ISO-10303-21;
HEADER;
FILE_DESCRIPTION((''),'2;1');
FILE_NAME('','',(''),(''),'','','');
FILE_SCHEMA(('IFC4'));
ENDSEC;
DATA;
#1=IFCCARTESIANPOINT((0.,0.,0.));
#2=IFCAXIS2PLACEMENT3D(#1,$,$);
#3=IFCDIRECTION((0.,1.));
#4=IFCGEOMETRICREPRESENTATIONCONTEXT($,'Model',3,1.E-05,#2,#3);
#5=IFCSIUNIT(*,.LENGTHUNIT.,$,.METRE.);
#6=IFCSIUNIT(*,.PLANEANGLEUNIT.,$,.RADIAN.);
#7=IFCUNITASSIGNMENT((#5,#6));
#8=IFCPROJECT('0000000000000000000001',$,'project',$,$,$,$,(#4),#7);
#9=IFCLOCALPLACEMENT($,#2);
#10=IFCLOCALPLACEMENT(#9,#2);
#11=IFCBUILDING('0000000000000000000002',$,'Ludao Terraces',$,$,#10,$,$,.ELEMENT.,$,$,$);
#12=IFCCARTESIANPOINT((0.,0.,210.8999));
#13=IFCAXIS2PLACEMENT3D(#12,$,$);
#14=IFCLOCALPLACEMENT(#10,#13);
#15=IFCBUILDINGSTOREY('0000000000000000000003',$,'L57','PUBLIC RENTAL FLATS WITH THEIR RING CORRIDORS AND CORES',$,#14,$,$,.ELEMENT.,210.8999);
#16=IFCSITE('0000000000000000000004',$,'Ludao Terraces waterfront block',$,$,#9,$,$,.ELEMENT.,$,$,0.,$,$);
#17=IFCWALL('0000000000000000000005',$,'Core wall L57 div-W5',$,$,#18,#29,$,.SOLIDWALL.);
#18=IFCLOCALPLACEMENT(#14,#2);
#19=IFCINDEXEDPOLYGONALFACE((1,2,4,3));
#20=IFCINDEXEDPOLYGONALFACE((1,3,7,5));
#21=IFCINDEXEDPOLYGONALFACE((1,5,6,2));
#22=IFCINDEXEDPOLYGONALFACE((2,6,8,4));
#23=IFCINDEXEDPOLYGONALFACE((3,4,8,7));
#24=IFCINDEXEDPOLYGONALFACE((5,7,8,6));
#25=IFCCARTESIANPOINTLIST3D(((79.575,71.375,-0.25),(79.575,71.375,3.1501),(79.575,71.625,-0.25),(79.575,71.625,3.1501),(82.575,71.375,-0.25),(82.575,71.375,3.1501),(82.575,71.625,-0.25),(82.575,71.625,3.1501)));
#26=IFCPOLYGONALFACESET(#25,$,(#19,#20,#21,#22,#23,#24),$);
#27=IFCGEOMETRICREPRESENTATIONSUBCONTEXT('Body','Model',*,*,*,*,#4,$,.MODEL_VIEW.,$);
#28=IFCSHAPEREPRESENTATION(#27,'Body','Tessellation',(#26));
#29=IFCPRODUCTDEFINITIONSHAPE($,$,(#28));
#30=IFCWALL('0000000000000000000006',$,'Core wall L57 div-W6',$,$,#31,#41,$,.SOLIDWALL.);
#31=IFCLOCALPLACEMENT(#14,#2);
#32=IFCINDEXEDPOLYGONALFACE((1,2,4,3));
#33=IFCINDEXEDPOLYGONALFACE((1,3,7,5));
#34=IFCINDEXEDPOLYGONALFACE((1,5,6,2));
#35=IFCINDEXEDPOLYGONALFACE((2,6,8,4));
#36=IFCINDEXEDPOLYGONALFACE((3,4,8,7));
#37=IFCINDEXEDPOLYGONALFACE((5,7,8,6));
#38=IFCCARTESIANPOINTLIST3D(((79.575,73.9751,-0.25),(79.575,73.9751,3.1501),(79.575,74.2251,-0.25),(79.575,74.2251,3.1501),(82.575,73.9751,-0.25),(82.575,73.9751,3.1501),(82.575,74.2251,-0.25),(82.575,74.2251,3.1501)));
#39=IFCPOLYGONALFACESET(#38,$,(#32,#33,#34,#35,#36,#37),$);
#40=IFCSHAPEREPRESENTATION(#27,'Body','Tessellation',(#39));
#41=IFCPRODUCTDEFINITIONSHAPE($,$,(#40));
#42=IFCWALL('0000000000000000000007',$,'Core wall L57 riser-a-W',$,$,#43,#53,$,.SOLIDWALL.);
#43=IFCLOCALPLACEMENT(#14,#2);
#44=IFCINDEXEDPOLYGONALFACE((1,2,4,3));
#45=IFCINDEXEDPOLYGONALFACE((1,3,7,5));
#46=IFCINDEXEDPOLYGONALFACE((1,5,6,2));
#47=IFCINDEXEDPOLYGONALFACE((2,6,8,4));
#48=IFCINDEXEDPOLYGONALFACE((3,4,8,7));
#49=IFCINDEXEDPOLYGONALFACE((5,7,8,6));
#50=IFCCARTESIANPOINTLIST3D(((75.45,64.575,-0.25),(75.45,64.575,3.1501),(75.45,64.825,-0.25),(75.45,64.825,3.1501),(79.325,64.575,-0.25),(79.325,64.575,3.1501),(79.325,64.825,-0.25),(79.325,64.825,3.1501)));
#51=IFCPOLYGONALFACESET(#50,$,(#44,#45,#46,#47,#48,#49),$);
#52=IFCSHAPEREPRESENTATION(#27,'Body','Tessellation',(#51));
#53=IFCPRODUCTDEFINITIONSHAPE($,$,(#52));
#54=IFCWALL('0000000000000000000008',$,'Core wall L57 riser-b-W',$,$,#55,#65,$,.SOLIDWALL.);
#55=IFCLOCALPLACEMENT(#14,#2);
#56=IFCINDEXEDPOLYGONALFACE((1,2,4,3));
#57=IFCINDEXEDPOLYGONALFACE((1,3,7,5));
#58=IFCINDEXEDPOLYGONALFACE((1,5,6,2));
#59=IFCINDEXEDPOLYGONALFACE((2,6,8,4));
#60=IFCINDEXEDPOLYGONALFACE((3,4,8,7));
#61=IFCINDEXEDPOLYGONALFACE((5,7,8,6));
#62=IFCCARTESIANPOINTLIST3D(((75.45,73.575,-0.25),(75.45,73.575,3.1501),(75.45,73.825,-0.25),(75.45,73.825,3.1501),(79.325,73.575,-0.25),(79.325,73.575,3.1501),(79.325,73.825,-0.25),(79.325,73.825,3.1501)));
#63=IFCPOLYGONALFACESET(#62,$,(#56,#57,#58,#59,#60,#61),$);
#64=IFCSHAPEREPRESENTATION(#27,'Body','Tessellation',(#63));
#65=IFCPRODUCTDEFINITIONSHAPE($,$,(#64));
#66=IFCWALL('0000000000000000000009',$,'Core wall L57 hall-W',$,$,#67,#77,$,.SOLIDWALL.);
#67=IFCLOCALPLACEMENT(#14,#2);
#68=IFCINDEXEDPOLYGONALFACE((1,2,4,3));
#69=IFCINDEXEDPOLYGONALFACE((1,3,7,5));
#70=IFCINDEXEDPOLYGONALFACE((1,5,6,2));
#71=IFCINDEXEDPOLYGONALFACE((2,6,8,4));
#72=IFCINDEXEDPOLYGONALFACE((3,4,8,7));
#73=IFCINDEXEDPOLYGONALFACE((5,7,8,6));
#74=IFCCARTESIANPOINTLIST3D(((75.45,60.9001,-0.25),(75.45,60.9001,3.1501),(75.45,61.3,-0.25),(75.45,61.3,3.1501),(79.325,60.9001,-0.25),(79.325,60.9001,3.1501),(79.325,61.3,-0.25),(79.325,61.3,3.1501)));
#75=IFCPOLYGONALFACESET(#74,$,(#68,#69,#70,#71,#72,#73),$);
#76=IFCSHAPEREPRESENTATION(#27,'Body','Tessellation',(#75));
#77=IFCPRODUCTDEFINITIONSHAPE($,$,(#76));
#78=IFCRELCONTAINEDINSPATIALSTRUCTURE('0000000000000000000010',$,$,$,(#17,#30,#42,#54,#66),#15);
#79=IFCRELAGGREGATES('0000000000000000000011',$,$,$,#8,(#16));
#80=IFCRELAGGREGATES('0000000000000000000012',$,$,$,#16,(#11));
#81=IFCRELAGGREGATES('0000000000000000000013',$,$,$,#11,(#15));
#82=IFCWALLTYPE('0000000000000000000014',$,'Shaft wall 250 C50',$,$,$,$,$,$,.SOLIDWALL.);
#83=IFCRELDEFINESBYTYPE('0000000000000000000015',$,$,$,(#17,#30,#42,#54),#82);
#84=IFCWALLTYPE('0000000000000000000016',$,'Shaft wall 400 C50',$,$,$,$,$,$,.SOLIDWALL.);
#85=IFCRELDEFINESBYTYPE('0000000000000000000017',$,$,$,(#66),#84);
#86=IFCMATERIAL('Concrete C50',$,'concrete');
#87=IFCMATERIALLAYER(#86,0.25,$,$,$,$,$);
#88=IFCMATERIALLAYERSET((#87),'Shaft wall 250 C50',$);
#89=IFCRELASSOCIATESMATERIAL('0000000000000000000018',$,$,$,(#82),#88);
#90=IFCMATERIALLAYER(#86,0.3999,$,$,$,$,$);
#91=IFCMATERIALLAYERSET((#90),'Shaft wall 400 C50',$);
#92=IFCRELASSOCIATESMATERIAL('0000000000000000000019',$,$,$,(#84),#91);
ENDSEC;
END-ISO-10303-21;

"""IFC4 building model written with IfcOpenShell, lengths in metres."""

from ifc_helpers import new_model, si_unit, direction, frame, frame_2d, origin, place, context, subcontext, project, spatial, rectangle, extrude, material, layer, layer_set, type_object, element, save


model = new_model("IFC4")

# Units and contexts
model_context = context("Model", 3, precision=1e-05, world=origin(), true_north=direction((0.0, 1.0)))
body_context = subcontext(model_context, "Body", "Model", "MODEL_VIEW")
ifc_project = project(units=[si_unit("LENGTHUNIT", "METRE"), si_unit("PLANEANGLEUNIT", "RADIAN")], contexts=[model_context])

# Site, building, storey
site_placement = place(None, origin())
site = spatial("IfcSite", under=ifc_project, at=site_placement, Name="Ludao Terraces waterfront block", CompositionType="ELEMENT", RefElevation=0.0)
building_placement = place(site_placement, origin())
building = spatial("IfcBuilding", under=site, at=building_placement, Name="Ludao Terraces", CompositionType="ELEMENT")
storey_placement = place(building_placement, frame((0.0, 0.0, 210.8999)))
storey = spatial("IfcBuildingStorey", under=building, at=storey_placement, Name="L57", Description="PUBLIC RENTAL FLATS WITH THEIR RING CORRIDORS AND CORES", CompositionType="ELEMENT", Elevation=210.8999)

# Shared definitions
ifc_material_1 = material(Name="Concrete C50", Category="concrete")
ifc_layer_1 = layer(ifc_material_1, 0.25)
ifc_layer_set_1 = layer_set([ifc_layer_1], Name="Shaft wall 250 C50")
wall_type_1 = type_object("IfcWallType", Name="Shaft wall 250 C50", PredefinedType="SOLIDWALL", material=ifc_layer_set_1)

# Walls
for number, where, z_axis, x_axis, name in (
    (1, (79.575, 71.5, -0.25), (0.0, 0.0, 1.0), (1.0, 0.0, 0.0), "Core wall L57 div-W5"),
    (2, (79.575, 74.1001, -0.25), (0.0, 0.0, 1.0), (1.0, 0.0, 0.0), "Core wall L57 div-W6"),
):
    element("IfcWall", number, at=place(storey_placement, frame(where, z_axis=z_axis, x_axis=x_axis)), inside=storey, type_object=wall_type_1, Name=name, PredefinedType="SOLIDWALL", context=body_context, shape_type="SweptSolid", body=[
        extrude(rectangle(XDim=3.0, YDim=0.25, at=frame_2d((1.5, 0.0))), origin(), (0.0, 0.0, 1.0), 3.4001),
    ])
for number, where, z_axis, x_axis, name in (
    (3, (75.45, 64.7, -0.25), (0.0, 0.0, 1.0), (1.0, 0.0, 0.0), "Core wall L57 riser-a-W"),
    (4, (75.45, 73.7, -0.25), (0.0, 0.0, 1.0), (1.0, 0.0, 0.0), "Core wall L57 riser-b-W"),
):
    element("IfcWall", number, at=place(storey_placement, frame(where, z_axis=z_axis, x_axis=x_axis)), inside=storey, type_object=wall_type_1, Name=name, PredefinedType="SOLIDWALL", context=body_context, shape_type="SweptSolid", body=[
        extrude(rectangle(XDim=3.875, YDim=0.25, at=frame_2d((1.9375, 0.0))), origin(), (0.0, 0.0, 1.0), 3.4001),
    ])
ifc_layer_2 = layer(ifc_material_1, 0.3999)
ifc_layer_set_2 = layer_set([ifc_layer_2], Name="Shaft wall 400 C50")
wall_type_2 = type_object("IfcWallType", Name="Shaft wall 400 C50", PredefinedType="SOLIDWALL", material=ifc_layer_set_2)
wall_1_placement = place(storey_placement, frame((75.45, 61.1001, -0.25), z_axis=(0.0, 0.0, 1.0), x_axis=(1.0, 0.0, 0.0)))
element("IfcWall", 5, at=wall_1_placement, inside=storey, type_object=wall_type_2, Name="Core wall L57 hall-W", PredefinedType="SOLIDWALL", context=body_context, shape_type="SweptSolid", body=[
    extrude(rectangle(XDim=3.875, YDim=0.3999, at=frame_2d((1.9375, 0.0))), origin(), (0.0, 0.0, 1.0), 3.4001),
])

save(model, "model.ifc")
